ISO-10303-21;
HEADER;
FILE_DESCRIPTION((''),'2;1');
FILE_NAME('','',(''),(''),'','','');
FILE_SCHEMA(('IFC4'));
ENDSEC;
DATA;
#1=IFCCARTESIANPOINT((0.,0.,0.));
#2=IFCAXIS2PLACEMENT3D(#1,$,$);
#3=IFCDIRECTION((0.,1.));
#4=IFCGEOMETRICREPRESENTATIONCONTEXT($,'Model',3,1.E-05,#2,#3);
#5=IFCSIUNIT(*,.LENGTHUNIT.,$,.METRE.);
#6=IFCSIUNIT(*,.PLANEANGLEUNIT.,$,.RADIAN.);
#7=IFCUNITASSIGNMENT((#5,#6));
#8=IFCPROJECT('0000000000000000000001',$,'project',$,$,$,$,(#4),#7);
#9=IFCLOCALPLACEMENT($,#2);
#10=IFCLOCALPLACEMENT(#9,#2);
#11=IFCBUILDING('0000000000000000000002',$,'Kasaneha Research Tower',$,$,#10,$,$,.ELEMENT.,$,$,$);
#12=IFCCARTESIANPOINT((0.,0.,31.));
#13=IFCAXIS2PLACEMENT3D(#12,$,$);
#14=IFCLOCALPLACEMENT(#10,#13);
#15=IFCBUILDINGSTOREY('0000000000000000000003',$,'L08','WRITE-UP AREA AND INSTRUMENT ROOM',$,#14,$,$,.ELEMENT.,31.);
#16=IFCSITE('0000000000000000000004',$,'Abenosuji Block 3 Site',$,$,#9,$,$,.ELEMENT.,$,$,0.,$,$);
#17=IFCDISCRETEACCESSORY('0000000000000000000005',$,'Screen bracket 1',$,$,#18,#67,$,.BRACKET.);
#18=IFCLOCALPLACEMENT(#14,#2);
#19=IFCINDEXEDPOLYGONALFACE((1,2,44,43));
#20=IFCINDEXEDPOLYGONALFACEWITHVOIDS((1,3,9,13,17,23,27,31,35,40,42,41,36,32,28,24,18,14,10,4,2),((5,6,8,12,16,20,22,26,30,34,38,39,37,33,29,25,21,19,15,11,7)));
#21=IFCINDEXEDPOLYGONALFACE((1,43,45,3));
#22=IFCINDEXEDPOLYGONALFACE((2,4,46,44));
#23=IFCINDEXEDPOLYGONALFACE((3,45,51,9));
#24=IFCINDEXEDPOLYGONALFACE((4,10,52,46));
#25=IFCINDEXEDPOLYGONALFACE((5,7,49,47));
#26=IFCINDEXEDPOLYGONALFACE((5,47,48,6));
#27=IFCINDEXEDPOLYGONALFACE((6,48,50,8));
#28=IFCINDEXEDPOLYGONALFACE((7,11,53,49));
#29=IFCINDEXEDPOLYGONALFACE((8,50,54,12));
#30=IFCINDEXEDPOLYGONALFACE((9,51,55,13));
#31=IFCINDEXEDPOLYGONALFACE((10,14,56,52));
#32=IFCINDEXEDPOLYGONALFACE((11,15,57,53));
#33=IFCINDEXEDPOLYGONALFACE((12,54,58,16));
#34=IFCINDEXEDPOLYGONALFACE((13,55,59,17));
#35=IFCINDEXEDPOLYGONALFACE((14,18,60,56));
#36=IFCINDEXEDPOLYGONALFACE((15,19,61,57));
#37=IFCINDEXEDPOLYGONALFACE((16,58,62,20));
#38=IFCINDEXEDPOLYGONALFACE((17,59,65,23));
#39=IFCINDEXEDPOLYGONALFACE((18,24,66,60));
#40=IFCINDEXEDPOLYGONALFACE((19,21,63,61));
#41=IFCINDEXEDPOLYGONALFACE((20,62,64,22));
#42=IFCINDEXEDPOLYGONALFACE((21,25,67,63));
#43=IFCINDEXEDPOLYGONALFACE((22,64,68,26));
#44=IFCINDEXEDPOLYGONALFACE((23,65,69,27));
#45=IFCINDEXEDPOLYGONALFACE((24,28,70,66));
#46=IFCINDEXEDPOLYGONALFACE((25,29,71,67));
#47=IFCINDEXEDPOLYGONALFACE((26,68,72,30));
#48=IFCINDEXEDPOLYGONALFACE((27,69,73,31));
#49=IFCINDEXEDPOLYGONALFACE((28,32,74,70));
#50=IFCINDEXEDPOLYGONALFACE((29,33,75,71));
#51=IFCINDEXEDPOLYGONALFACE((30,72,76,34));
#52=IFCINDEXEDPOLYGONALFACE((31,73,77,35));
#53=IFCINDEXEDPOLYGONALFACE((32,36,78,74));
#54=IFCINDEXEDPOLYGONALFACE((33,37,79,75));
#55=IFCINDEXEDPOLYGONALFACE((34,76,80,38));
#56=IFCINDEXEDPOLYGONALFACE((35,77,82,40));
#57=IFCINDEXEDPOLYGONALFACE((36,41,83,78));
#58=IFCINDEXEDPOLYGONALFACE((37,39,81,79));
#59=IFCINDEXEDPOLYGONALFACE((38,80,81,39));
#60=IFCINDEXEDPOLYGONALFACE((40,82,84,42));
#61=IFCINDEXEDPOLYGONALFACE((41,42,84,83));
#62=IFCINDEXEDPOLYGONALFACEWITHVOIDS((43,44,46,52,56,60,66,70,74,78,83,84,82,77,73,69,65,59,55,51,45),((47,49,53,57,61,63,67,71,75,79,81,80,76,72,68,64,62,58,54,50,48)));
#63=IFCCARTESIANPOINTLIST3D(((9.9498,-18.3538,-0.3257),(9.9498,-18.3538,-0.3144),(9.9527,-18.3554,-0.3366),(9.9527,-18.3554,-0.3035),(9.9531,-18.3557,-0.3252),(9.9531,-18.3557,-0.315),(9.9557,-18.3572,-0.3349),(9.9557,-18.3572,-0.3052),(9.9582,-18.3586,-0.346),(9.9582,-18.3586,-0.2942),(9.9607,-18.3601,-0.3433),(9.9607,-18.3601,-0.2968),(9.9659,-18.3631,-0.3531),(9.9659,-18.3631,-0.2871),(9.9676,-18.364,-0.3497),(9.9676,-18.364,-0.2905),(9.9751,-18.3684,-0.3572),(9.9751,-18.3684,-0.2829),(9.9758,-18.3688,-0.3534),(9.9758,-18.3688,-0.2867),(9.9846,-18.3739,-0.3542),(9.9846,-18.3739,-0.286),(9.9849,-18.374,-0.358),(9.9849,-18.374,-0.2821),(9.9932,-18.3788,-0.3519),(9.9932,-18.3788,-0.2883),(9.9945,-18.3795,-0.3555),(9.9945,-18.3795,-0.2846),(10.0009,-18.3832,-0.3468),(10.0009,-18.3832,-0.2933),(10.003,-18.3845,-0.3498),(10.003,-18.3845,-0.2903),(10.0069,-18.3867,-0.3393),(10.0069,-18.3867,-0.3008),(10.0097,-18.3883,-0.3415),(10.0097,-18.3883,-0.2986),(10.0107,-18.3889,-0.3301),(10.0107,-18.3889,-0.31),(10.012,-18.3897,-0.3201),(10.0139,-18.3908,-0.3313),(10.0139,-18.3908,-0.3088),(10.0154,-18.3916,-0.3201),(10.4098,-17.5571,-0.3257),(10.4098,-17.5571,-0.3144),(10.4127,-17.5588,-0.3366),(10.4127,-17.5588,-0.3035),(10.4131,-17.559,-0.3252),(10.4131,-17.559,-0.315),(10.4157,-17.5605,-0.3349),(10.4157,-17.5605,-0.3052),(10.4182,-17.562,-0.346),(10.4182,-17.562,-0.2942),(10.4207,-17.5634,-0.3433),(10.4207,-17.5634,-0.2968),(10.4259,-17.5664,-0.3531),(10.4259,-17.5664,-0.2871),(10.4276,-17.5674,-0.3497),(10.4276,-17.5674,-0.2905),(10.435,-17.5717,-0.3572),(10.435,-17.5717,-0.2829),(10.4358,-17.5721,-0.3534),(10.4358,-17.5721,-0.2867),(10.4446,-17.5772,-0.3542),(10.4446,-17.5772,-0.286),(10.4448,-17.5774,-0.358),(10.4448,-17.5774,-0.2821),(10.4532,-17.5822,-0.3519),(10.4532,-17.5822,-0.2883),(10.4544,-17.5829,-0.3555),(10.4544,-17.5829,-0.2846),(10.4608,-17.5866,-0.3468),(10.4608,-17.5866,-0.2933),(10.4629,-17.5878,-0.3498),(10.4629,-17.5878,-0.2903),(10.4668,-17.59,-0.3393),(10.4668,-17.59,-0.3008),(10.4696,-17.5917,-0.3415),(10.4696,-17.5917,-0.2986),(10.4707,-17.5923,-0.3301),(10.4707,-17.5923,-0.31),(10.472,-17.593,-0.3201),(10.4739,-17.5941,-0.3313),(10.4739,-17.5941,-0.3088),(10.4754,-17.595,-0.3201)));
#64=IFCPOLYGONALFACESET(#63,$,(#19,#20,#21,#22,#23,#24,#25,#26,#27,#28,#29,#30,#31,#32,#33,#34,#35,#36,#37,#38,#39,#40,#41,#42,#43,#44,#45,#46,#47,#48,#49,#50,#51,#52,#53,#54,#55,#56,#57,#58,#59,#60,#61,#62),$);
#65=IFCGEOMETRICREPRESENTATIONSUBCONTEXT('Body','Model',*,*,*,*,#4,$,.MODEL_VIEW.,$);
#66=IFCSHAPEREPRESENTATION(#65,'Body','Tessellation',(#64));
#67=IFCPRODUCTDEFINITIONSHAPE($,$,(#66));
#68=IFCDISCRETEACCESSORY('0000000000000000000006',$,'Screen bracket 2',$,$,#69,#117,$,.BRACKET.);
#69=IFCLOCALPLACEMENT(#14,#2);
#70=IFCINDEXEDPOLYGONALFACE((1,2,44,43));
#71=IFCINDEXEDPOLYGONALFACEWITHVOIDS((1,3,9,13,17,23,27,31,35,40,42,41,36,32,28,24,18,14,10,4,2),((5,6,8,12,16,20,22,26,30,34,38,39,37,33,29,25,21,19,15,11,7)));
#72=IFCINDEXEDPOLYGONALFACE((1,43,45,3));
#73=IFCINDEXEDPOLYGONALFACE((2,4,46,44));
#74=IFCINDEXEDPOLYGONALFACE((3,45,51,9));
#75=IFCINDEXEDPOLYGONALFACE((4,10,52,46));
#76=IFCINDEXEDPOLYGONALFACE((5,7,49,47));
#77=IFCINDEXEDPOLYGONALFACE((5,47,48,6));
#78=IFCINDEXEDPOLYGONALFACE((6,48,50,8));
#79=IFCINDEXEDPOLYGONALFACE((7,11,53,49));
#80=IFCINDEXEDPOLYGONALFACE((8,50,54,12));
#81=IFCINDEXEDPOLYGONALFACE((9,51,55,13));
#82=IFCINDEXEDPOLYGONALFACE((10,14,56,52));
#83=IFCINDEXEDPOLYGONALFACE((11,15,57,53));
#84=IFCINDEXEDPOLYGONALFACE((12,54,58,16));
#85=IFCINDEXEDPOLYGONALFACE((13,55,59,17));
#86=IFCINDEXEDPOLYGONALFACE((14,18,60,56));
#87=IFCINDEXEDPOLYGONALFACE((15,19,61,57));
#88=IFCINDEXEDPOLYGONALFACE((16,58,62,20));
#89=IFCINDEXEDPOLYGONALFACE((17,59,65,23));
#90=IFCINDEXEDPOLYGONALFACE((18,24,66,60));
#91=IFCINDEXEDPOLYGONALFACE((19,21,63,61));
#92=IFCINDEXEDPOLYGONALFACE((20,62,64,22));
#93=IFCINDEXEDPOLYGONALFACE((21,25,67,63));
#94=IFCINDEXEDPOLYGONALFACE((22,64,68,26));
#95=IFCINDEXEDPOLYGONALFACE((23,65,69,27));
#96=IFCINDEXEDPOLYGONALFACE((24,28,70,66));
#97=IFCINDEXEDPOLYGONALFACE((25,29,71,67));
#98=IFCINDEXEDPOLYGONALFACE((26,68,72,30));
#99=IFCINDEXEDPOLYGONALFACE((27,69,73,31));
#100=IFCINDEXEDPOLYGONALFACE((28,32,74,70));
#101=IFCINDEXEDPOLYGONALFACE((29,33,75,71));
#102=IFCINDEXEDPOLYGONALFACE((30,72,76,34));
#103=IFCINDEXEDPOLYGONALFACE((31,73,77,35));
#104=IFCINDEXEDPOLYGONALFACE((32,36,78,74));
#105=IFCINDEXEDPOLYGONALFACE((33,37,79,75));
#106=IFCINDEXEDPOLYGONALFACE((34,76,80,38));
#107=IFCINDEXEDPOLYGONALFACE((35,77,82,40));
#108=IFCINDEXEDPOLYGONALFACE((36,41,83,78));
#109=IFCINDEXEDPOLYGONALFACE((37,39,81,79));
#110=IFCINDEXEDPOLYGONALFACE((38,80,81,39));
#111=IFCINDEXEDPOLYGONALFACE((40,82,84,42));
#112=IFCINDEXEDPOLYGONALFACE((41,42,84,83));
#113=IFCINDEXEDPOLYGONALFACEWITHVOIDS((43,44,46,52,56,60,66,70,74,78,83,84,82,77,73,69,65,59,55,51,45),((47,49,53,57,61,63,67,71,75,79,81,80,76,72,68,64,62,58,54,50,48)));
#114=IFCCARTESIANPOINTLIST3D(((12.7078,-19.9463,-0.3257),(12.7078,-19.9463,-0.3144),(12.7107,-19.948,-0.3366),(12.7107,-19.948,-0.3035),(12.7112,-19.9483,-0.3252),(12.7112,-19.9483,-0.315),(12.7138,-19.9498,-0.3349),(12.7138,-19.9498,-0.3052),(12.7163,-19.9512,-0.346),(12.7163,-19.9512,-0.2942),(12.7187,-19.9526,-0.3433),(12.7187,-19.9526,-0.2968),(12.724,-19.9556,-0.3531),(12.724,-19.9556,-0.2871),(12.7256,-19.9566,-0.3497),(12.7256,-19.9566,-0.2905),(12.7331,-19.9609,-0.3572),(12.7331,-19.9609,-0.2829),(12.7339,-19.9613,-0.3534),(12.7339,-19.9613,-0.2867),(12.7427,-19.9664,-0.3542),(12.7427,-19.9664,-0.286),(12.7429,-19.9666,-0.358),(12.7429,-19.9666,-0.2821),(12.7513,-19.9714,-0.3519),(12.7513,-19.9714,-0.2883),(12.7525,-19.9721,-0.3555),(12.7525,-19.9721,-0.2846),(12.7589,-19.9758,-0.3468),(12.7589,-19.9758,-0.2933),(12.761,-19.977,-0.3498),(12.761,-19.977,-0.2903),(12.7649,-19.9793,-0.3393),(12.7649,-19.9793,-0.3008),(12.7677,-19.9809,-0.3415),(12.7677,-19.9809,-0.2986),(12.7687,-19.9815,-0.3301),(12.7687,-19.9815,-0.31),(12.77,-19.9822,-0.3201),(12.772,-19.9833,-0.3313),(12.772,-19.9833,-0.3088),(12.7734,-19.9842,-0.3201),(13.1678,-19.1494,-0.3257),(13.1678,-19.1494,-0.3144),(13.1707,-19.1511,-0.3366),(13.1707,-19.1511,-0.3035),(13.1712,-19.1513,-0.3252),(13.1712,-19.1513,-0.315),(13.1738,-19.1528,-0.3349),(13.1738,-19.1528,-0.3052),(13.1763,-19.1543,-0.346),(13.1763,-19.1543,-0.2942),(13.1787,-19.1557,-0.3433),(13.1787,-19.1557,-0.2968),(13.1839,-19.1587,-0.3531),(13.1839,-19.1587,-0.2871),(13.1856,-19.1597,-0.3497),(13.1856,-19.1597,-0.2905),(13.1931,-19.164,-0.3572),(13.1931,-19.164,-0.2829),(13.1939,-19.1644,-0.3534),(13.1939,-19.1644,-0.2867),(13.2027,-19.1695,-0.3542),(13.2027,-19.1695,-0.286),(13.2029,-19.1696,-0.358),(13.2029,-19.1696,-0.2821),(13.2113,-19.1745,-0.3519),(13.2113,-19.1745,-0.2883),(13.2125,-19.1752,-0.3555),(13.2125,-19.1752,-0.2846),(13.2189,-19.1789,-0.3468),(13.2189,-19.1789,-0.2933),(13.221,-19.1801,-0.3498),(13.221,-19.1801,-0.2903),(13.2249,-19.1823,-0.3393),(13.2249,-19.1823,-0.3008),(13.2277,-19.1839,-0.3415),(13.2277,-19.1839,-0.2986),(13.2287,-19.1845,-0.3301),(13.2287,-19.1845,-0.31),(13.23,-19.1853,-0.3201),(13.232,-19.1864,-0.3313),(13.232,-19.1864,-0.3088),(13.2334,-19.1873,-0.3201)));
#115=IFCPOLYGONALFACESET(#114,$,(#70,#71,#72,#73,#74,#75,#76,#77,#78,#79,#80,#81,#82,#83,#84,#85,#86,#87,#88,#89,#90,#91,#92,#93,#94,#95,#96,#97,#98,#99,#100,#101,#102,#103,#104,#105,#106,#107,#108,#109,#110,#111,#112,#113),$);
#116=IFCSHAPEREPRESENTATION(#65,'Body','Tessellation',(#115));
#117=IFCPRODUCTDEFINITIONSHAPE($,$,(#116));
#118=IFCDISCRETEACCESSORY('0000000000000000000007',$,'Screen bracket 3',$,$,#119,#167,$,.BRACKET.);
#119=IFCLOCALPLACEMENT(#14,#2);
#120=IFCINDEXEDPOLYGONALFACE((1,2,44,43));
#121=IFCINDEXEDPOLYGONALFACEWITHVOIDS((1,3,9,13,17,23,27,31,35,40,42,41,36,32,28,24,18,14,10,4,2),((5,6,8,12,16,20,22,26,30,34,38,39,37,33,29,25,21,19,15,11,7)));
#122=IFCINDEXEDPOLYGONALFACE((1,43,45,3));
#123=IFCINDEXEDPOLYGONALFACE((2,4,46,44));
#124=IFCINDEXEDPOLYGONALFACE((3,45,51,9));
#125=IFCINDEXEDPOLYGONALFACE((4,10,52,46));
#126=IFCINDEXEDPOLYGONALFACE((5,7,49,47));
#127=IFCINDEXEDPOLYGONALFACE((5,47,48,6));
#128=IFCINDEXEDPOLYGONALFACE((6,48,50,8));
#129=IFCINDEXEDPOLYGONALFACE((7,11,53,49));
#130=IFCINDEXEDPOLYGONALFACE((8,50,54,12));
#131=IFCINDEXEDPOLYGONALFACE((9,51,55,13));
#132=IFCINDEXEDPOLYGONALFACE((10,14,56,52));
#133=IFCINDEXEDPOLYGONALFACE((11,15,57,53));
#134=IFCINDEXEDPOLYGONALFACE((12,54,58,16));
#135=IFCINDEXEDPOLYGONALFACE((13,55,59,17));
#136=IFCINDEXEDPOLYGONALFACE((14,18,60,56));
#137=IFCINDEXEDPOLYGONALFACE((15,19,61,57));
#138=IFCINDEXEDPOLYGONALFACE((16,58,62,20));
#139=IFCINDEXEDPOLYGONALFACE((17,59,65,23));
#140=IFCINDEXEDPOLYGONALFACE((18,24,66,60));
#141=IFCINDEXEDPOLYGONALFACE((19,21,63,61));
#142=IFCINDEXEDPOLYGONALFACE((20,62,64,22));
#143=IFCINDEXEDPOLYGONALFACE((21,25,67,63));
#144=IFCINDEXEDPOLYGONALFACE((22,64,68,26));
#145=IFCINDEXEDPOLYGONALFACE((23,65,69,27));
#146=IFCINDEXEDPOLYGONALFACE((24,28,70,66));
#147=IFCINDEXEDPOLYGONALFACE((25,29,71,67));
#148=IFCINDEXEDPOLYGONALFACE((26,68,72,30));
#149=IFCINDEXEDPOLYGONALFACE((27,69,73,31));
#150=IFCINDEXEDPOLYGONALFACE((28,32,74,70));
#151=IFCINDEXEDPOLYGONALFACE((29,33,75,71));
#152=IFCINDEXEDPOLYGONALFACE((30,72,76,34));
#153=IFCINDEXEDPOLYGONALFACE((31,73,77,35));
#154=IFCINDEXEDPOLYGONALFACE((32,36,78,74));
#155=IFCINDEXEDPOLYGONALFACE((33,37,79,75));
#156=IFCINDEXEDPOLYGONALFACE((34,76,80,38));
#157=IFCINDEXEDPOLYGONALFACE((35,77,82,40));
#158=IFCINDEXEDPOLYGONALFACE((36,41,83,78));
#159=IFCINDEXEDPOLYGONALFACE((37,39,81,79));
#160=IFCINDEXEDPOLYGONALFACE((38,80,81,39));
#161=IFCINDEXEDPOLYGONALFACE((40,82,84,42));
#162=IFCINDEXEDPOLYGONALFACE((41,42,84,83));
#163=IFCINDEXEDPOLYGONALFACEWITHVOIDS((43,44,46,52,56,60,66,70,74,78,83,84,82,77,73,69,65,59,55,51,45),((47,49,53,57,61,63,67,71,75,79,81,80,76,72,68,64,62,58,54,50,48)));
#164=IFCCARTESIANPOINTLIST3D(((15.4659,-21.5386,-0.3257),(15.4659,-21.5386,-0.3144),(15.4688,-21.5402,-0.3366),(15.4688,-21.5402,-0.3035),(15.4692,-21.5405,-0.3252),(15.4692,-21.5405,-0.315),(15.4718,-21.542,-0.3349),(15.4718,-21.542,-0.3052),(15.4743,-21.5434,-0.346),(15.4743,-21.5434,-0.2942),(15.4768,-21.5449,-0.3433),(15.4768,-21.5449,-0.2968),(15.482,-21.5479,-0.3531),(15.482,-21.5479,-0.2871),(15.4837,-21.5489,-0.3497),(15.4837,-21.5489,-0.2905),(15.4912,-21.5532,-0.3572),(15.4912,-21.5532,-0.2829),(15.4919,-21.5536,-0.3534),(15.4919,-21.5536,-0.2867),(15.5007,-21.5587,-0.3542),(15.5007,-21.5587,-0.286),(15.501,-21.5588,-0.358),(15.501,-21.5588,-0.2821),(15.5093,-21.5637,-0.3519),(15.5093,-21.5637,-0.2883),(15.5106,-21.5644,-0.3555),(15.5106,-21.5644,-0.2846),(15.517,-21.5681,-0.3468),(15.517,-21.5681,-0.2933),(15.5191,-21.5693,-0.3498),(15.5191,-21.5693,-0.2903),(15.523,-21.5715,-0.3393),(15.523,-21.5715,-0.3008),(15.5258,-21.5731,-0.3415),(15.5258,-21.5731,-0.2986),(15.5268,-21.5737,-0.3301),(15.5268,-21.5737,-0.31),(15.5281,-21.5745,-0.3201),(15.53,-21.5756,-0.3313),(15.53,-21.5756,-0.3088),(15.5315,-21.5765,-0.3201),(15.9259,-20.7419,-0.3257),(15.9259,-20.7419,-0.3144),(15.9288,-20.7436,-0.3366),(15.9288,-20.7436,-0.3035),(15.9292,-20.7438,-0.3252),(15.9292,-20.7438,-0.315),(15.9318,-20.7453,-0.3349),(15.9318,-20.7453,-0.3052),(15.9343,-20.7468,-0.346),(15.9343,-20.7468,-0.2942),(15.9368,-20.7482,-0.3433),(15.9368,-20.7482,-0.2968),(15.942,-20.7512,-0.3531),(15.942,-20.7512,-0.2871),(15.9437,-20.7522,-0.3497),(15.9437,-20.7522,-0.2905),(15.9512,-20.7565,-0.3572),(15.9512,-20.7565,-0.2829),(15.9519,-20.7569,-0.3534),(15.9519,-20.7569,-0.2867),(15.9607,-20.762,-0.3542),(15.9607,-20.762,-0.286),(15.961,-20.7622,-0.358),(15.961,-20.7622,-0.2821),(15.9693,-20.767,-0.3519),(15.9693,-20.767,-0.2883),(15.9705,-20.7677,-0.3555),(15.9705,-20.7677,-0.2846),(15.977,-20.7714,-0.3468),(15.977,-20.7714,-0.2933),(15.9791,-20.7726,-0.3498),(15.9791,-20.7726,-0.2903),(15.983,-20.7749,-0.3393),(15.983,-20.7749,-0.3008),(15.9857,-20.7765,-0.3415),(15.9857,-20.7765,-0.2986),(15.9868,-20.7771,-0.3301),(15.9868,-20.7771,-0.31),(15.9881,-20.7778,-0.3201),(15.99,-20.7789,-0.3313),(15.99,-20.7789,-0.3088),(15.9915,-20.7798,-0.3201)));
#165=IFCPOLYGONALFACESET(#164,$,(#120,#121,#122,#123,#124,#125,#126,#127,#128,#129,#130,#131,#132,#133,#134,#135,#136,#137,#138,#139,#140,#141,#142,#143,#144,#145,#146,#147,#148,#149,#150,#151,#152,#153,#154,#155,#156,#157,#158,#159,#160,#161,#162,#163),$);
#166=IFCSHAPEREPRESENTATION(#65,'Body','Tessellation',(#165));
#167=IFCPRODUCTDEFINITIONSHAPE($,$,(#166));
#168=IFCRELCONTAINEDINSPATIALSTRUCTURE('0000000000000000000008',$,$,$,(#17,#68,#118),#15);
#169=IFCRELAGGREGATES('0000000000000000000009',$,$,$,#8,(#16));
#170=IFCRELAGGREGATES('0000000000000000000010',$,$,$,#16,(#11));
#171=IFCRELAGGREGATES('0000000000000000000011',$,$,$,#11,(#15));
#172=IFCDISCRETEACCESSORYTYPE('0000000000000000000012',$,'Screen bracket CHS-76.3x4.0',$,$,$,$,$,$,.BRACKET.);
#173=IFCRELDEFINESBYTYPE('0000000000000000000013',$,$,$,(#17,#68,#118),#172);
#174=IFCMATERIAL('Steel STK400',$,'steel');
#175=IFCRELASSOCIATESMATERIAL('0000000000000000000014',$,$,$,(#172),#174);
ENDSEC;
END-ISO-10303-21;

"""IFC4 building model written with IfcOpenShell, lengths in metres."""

from ifc_helpers import new_model, si_unit, direction, frame, origin, origin_2d, place, context, subcontext, project, spatial, hollow_circle, extrude, material, material_profile, profile_set, type_object, element, save


model = new_model("IFC4")

# Units and contexts
model_context = context("Model", 3, precision=1e-05, world=origin(), true_north=direction((0.0, 1.0)))
body_context = subcontext(model_context, "Body", "Model", "MODEL_VIEW")
ifc_project = project(units=[si_unit("LENGTHUNIT", "METRE"), si_unit("PLANEANGLEUNIT", "RADIAN")], contexts=[model_context])

# Site, building, storey
site_placement = place(None, origin())
site = spatial("IfcSite", under=ifc_project, at=site_placement, Name="Abenosuji Block 3 Site", CompositionType="ELEMENT", RefElevation=0.0)
building_placement = place(site_placement, origin())
building = spatial("IfcBuilding", under=site, at=building_placement, Name="Kasaneha Research Tower", CompositionType="ELEMENT")
storey_placement = place(building_placement, frame((0.0, 0.0, 31.0)))
storey = spatial("IfcBuildingStorey", under=building, at=storey_placement, Name="L08", Description="WRITE-UP AREA AND INSTRUMENT ROOM", CompositionType="ELEMENT", Elevation=31.0)

# Discrete accessories
ifc_material_1 = material(Name="Steel STK400", Category="steel")
ifc_material_profile_1 = material_profile(ifc_material_1, hollow_circle(Radius=0.0381, WallThickness=0.0039, at=origin_2d()), Name="CHS-76.3x4.0")
ifc_profile_set_1 = profile_set([ifc_material_profile_1], Name="Steel STK400")
discrete_accessory_type = type_object("IfcDiscreteAccessoryType", Name="Screen bracket CHS-76.3x4.0", PredefinedType="BRACKET", material=ifc_profile_set_1)
for number, where, z_axis, x_axis, name in (
    (1, (10.4424, -17.5759, -0.3201), (-0.500021, -0.866013, 0.0), (0.866013, -0.500021, 0.0), "Screen bracket 1"),
):
    element("IfcDiscreteAccessory", number, at=place(storey_placement, frame(where, z_axis=z_axis, x_axis=x_axis)), inside=storey, type_object=discrete_accessory_type, Name=name, PredefinedType="BRACKET", context=body_context, shape_type="SweptSolid", body=[
        extrude(hollow_circle(Radius=0.0381, WallThickness=0.0039, at=origin_2d()), origin(), (0.0, 0.0, 1.0), 0.9199),
    ])
discrete_accessory_1_placement = place(storey_placement, frame((13.2004, -19.1682, -0.3201), z_axis=(-0.499906, -0.86608, 0.0), x_axis=(0.86608, -0.499906, 0.0)))
element("IfcDiscreteAccessory", 2, at=discrete_accessory_1_placement, inside=storey, type_object=discrete_accessory_type, Name="Screen bracket 2", PredefinedType="BRACKET", context=body_context, shape_type="SweptSolid", body=[
    extrude(hollow_circle(Radius=0.0381, WallThickness=0.0039, at=origin_2d()), origin(), (0.0, 0.0, 1.0), 0.9202),
])
discrete_accessory_2_placement = place(storey_placement, frame((15.9585, -20.7607, -0.3201), z_axis=(-0.500021, -0.866013, 0.0), x_axis=(0.866013, -0.500021, 0.0)))
element("IfcDiscreteAccessory", 3, at=discrete_accessory_2_placement, inside=storey, type_object=discrete_accessory_type, Name="Screen bracket 3", PredefinedType="BRACKET", context=body_context, shape_type="SweptSolid", body=[
    extrude(hollow_circle(Radius=0.0381, WallThickness=0.0039, at=origin_2d()), origin(), (0.0, 0.0, 1.0), 0.9199),
])

save(model, "model.ifc")
